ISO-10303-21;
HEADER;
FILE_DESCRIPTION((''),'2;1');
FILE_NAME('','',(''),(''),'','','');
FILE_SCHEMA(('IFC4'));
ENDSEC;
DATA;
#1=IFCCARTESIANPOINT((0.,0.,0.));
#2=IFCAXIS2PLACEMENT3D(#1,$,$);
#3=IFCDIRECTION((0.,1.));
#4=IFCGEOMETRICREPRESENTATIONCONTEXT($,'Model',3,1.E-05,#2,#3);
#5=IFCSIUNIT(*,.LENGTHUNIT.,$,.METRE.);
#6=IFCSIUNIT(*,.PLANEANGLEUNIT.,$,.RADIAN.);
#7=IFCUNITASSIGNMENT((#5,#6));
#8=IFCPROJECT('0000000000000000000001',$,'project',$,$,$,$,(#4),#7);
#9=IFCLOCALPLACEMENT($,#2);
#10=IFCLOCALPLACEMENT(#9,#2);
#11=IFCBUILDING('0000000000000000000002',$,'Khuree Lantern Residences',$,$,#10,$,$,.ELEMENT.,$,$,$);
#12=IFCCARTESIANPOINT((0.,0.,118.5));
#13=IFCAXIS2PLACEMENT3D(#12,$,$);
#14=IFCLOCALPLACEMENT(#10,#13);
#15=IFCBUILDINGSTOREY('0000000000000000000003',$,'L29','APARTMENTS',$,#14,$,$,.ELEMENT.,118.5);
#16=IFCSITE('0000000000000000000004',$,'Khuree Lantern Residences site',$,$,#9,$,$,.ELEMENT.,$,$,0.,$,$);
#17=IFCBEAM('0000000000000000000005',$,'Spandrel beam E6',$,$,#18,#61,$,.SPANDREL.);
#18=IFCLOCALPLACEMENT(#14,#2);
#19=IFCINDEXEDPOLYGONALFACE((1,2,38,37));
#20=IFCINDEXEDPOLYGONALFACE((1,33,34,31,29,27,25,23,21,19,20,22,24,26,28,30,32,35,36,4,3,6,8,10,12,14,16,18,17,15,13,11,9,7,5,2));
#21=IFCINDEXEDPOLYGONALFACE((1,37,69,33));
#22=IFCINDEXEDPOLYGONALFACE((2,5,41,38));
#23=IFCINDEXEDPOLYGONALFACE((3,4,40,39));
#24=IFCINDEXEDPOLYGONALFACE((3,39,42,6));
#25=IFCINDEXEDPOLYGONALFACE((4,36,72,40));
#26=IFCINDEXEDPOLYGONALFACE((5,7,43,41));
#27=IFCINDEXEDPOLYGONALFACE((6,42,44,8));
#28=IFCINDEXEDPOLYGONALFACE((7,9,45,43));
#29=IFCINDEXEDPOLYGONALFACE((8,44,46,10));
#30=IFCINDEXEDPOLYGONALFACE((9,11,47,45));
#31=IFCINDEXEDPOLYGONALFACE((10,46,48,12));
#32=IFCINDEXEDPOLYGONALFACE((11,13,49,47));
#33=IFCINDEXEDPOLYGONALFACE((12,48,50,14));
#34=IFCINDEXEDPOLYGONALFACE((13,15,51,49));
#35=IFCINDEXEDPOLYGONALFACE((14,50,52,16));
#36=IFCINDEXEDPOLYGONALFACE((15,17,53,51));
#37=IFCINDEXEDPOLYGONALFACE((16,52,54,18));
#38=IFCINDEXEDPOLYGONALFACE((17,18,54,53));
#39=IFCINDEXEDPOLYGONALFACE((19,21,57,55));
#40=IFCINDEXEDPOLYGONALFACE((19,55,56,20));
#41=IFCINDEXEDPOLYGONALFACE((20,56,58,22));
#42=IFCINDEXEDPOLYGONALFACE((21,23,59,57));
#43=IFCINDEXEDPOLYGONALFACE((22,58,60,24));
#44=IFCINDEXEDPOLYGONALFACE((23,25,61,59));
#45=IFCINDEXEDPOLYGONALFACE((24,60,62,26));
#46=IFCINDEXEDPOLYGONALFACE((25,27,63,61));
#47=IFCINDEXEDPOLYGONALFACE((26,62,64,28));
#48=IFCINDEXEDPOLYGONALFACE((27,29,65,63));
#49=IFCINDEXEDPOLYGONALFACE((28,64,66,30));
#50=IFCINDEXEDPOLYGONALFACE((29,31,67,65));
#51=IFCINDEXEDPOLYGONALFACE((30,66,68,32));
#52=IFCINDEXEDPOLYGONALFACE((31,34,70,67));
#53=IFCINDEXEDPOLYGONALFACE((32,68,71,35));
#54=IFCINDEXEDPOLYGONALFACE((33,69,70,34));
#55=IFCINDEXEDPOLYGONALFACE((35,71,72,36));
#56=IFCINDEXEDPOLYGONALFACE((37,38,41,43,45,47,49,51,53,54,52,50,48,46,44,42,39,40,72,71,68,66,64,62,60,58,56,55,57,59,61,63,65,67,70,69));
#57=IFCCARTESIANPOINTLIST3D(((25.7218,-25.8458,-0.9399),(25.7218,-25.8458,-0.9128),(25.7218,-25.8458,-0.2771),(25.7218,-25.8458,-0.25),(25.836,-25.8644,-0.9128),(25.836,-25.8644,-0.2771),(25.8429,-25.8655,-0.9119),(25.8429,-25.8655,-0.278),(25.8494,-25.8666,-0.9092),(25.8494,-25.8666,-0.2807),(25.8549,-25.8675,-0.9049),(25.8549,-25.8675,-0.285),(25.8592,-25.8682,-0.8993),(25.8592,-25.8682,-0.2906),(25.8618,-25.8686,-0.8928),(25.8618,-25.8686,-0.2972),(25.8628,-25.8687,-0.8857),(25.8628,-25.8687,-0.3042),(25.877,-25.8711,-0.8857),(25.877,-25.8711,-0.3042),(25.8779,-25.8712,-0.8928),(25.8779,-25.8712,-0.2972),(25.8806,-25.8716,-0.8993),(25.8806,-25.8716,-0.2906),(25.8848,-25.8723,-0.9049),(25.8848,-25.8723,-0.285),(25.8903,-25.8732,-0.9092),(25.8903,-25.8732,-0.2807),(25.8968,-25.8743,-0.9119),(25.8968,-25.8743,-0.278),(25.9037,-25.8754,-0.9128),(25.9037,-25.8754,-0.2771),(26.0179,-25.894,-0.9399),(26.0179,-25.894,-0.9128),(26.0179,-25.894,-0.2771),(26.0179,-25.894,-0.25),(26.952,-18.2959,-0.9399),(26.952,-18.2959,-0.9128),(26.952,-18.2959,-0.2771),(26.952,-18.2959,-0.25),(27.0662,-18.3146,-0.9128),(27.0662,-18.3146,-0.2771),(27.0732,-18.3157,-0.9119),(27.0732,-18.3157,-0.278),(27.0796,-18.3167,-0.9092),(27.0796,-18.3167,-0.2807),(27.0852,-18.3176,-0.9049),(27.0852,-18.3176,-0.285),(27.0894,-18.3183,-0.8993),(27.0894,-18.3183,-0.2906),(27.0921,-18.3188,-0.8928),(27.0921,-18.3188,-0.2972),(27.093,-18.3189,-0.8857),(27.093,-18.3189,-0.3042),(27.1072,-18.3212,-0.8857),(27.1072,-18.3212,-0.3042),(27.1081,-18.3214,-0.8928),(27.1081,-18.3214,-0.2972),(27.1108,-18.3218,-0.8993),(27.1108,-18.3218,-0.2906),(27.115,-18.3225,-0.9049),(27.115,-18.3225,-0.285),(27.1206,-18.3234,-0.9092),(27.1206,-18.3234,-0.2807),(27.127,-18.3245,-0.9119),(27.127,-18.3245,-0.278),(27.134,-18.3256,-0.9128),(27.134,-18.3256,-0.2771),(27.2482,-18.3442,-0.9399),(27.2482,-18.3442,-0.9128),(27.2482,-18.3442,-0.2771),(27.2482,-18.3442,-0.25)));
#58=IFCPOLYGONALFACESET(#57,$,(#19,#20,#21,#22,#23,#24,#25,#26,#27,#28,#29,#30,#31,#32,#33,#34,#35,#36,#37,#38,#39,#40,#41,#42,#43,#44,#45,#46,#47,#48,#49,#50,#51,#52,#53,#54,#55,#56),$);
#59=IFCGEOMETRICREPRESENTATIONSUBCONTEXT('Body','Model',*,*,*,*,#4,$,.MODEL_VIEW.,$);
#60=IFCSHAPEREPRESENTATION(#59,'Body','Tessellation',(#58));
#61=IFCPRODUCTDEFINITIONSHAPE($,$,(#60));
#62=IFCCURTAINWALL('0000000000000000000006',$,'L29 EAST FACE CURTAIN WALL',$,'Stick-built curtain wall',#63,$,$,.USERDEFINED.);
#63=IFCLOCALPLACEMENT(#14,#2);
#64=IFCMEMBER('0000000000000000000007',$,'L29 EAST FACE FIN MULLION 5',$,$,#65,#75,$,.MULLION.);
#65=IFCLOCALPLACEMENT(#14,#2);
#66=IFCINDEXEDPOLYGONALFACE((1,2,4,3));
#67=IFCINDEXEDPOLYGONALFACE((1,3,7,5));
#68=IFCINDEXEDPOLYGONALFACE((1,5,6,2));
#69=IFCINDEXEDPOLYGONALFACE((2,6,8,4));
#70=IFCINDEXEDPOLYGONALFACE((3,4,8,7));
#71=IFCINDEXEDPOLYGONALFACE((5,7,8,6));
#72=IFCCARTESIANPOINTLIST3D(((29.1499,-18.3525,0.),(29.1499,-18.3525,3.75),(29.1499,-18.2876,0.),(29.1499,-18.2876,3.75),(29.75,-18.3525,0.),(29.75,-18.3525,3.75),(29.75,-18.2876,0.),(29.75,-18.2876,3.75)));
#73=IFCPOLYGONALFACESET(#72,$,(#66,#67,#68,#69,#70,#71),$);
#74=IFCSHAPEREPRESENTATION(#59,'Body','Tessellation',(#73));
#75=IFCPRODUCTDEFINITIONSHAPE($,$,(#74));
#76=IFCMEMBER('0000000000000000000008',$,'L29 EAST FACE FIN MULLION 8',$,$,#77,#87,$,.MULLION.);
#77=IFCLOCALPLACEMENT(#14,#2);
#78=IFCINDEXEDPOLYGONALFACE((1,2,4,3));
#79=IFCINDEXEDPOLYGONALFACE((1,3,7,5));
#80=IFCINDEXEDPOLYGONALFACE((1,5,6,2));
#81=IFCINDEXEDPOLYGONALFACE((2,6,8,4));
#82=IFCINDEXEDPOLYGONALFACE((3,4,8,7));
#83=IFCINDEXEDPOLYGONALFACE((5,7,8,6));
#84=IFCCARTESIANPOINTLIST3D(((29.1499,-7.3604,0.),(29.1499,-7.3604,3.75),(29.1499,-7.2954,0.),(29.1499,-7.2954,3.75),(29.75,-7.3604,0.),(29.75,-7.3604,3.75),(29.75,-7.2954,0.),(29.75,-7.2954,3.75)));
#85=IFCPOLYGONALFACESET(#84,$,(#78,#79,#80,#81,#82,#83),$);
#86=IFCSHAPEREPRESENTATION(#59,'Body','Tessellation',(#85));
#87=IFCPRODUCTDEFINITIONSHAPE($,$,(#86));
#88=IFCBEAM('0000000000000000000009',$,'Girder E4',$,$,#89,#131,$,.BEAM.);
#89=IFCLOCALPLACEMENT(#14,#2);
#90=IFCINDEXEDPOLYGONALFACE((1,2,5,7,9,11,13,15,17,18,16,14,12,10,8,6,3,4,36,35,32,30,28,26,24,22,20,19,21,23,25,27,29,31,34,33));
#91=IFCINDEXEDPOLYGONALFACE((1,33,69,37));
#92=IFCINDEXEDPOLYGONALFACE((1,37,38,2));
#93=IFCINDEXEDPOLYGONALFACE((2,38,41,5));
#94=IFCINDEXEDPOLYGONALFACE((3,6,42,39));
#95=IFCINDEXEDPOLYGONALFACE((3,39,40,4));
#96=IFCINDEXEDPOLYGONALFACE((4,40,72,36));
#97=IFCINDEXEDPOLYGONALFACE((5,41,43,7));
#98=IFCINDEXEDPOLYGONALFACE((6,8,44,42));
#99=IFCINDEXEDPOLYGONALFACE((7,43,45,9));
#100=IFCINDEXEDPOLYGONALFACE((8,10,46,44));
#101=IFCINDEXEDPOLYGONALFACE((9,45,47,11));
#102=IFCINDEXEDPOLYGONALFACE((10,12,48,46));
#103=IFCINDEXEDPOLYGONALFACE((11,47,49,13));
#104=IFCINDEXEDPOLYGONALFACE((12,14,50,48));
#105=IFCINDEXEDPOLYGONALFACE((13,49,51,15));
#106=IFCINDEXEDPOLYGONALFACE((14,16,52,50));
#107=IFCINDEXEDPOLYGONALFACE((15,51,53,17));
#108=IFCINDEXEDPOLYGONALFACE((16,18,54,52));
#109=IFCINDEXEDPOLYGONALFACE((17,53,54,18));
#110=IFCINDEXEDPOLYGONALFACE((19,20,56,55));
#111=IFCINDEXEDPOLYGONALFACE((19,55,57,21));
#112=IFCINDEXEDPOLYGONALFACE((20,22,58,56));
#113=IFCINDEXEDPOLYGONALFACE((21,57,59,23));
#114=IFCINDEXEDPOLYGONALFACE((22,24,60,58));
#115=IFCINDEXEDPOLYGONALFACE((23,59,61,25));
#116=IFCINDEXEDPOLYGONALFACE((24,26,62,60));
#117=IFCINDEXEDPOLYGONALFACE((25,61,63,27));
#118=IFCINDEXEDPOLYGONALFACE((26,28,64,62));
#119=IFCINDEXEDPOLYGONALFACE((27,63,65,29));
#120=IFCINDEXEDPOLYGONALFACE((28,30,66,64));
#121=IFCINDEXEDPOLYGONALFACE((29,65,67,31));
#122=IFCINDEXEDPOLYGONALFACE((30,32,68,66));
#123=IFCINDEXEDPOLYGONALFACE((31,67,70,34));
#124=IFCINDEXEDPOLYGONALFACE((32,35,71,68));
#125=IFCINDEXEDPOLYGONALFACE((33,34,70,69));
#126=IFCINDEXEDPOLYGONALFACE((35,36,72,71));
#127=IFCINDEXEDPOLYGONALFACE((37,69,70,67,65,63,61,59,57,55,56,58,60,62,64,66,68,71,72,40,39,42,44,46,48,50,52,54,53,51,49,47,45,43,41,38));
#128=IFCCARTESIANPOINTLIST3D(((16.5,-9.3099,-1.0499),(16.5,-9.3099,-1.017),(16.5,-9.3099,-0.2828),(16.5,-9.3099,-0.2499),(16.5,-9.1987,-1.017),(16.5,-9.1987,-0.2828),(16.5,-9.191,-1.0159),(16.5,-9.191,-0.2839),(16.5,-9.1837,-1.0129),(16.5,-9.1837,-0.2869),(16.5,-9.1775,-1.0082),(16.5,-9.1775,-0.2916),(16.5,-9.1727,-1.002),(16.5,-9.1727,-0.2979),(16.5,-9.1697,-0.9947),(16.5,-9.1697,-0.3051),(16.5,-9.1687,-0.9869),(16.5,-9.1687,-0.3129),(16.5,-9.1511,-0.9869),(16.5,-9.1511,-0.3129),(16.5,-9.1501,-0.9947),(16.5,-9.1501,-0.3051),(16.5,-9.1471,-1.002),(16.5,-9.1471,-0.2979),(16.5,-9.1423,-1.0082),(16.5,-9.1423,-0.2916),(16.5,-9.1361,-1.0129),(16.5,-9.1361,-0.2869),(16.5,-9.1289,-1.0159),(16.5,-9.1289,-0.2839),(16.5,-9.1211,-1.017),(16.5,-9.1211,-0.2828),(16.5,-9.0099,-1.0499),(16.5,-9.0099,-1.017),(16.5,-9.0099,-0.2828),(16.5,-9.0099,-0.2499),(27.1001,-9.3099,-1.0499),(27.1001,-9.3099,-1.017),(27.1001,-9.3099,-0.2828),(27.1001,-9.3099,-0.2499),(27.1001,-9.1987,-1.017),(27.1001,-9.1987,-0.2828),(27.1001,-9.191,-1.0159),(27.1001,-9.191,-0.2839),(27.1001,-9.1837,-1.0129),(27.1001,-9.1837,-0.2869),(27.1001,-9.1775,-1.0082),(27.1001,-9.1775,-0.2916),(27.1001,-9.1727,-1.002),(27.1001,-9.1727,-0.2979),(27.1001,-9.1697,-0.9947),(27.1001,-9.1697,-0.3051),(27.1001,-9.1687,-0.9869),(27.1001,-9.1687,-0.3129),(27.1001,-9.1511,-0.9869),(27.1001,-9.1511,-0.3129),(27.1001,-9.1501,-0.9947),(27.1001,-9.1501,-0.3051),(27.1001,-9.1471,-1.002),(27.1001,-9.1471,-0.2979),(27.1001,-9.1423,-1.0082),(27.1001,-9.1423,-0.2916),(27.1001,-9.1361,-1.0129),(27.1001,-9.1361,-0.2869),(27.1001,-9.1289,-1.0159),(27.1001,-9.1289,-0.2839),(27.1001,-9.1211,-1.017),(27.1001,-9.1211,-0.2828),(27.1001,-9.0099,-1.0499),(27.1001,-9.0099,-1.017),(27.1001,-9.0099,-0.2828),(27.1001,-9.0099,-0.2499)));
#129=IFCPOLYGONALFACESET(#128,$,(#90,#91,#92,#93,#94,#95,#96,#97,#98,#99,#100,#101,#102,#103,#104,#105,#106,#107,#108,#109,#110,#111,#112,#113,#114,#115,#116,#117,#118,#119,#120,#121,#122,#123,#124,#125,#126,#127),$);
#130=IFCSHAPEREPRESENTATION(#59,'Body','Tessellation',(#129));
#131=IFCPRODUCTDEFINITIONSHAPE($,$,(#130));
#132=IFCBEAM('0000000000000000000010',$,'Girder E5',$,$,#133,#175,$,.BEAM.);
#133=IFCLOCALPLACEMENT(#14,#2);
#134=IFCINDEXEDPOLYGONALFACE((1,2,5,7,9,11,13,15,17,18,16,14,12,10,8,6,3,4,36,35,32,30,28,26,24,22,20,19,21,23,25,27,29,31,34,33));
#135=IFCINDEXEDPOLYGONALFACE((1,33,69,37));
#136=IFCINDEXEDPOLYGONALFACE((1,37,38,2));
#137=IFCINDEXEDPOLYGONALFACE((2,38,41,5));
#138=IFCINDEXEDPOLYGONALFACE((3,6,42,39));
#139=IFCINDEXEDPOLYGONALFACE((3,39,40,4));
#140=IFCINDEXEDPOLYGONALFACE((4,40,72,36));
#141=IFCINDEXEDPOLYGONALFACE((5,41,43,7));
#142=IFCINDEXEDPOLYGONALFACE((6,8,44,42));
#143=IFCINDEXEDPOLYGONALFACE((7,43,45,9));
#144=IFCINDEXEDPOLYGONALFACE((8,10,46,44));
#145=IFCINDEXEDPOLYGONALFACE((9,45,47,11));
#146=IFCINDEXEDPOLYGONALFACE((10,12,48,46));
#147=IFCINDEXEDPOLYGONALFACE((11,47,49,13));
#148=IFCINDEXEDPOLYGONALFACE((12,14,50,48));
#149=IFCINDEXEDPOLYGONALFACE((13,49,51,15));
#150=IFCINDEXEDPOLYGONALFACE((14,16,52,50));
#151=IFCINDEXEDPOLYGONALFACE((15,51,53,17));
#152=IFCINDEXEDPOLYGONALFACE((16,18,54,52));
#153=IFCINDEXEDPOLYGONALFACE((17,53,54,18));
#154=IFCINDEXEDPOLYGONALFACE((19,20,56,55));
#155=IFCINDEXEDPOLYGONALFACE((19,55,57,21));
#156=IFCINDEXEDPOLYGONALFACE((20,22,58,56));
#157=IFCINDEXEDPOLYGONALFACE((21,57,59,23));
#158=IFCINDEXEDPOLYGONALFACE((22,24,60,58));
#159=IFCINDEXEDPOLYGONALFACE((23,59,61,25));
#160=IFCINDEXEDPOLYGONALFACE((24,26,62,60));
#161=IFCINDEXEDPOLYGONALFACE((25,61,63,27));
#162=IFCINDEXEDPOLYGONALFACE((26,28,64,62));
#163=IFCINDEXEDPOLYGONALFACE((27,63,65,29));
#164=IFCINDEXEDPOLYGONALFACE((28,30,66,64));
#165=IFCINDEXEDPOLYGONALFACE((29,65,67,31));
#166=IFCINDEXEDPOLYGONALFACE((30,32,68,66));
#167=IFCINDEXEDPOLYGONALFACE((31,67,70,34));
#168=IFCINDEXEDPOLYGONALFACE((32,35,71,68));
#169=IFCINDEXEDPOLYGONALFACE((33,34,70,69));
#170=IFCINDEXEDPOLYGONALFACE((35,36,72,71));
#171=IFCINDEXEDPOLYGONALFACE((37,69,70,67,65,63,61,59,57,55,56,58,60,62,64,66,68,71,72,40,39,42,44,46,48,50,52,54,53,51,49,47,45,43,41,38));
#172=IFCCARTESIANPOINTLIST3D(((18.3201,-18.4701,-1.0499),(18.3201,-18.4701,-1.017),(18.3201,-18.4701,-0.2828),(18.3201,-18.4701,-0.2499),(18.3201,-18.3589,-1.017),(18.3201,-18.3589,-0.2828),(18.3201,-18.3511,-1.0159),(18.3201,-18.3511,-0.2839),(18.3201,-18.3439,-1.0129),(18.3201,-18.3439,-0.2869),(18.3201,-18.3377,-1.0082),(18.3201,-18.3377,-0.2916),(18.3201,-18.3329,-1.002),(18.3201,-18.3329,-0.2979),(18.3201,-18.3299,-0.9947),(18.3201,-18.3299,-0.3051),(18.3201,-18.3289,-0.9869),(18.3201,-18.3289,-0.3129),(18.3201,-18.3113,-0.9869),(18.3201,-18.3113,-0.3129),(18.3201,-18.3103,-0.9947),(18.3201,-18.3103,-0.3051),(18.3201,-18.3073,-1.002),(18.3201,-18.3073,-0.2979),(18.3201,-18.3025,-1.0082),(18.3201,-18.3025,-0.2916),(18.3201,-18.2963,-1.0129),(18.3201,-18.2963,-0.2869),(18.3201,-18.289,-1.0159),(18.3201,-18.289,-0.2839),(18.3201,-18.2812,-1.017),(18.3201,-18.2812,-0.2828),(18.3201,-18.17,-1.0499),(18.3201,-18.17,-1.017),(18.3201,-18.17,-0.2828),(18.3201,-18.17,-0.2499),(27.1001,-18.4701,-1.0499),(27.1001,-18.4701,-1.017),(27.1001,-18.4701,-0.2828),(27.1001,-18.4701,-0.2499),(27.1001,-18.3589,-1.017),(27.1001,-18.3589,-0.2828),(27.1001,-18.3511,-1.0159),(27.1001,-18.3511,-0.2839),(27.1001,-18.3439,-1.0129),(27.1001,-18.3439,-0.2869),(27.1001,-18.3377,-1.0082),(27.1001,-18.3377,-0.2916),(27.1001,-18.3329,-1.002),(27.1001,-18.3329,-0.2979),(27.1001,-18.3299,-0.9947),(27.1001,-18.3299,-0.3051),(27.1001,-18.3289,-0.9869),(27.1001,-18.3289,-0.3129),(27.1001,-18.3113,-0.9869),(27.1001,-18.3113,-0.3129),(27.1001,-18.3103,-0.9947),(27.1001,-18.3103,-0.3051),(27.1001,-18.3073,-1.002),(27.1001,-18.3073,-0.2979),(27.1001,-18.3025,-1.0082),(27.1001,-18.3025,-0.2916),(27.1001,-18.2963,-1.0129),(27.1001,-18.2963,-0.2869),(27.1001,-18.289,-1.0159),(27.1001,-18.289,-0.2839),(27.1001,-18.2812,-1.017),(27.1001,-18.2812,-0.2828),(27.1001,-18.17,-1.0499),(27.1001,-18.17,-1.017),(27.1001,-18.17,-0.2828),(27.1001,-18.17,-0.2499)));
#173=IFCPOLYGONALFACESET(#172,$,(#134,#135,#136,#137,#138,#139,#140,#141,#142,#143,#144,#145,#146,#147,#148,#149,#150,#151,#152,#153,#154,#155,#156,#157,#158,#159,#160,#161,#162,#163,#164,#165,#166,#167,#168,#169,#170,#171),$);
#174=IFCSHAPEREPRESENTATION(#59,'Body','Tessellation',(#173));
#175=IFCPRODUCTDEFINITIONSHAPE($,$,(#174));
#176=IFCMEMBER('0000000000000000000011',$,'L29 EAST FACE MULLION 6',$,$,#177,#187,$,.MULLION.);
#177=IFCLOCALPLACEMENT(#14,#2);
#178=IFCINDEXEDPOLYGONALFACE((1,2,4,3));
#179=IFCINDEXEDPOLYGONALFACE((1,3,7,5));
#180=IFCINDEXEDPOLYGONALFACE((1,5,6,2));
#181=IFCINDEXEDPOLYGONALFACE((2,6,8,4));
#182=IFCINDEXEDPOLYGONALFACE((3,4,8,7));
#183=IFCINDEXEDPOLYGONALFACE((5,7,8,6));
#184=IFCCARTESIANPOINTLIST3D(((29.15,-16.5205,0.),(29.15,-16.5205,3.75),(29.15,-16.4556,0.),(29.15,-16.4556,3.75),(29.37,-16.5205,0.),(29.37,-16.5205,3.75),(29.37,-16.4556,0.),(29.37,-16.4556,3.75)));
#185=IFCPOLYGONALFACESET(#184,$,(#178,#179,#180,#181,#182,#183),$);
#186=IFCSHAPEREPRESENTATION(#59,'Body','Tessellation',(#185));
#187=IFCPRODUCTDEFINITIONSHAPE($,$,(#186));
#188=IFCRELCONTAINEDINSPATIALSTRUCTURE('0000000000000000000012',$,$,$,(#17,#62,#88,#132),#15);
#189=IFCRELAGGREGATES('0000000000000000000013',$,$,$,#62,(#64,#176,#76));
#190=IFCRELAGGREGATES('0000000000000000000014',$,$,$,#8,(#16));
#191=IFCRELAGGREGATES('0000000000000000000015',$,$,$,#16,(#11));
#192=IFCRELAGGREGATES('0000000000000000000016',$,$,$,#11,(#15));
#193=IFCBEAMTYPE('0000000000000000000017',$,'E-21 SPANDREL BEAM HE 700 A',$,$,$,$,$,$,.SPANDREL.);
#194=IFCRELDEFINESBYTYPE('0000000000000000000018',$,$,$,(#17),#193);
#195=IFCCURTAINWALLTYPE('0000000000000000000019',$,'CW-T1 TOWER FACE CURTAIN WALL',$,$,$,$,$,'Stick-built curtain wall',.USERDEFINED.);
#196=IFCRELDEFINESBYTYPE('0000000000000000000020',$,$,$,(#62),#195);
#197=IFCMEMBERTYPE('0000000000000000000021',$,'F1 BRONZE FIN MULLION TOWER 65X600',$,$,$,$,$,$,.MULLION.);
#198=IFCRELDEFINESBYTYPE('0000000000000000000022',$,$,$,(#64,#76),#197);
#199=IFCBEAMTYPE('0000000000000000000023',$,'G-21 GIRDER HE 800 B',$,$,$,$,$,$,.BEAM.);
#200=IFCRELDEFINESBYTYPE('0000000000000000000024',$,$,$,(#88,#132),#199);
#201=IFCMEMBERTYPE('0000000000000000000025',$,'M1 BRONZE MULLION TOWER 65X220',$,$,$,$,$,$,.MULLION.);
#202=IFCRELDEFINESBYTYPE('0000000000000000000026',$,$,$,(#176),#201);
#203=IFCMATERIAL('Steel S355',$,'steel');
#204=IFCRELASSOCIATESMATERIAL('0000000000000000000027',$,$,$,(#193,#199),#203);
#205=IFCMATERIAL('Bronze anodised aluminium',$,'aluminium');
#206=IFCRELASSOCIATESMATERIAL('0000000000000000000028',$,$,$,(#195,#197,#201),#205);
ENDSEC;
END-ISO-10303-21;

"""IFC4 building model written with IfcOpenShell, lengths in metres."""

from ifc_helpers import new_model, si_unit, direction, frame, origin, origin_2d, place, context, subcontext, project, spatial, rectangle, i_section, extrude, material, material_profile, profile_set, type_object, element, aggregate, save


model = new_model("IFC4")

# Units and contexts
model_context = context("Model", 3, precision=1e-05, world=origin(), true_north=direction((0.0, 1.0)))
body_context = subcontext(model_context, "Body", "Model", "MODEL_VIEW")
ifc_project = project(units=[si_unit("LENGTHUNIT", "METRE"), si_unit("PLANEANGLEUNIT", "RADIAN")], contexts=[model_context])

# Site, building, storey
site_placement = place(None, origin())
site = spatial("IfcSite", under=ifc_project, at=site_placement, Name="Khuree Lantern Residences site", CompositionType="ELEMENT", RefElevation=0.0)
building_placement = place(site_placement, origin())
building = spatial("IfcBuilding", under=site, at=building_placement, Name="Khuree Lantern Residences", CompositionType="ELEMENT")
storey_placement = place(building_placement, frame((0.0, 0.0, 118.5)))
storey = spatial("IfcBuildingStorey", under=building, at=storey_placement, Name="L29", Description="APARTMENTS", CompositionType="ELEMENT", Elevation=118.5)

# Beam
ifc_material_1 = material(Name="Steel S355", Category="steel")
ifc_material_profile_1 = material_profile(ifc_material_1, i_section(OverallWidth=0.3, OverallDepth=0.6899, WebThickness=0.0144, FlangeThickness=0.0271, FilletRadius=0.0271, at=origin_2d()), Name="HE 700 A")
ifc_profile_set_1 = profile_set([ifc_material_profile_1], Name="Steel S355")
beam_type_1 = type_object("IfcBeamType", Name="E-21 SPANDREL BEAM HE 700 A", PredefinedType="SPANDREL", material=ifc_profile_set_1)
beam_1_placement = place(storey_placement, frame((27.1001, -18.3201, -0.595), z_axis=(-0.160827, -0.986983, 0.0), x_axis=(0.986983, -0.160827, 0.0)))
element("IfcBeam", 1, at=beam_1_placement, inside=storey, type_object=beam_type_1, Name="Spandrel beam E6", PredefinedType="SPANDREL", context=body_context, shape_type="SweptSolid", body=[
    extrude(i_section(OverallWidth=0.3, OverallDepth=0.6899, WebThickness=0.0144, FlangeThickness=0.0271, FilletRadius=0.0271, at=origin_2d()), origin(), (0.0, 0.0, 1.0), 7.6494),
])

# Curtain wall, members
ifc_material_2 = material(Name="Bronze anodised aluminium", Category="aluminium")
curtain_wall_type = type_object("IfcCurtainWallType", Name="CW-T1 TOWER FACE CURTAIN WALL", ElementType="Stick-built curtain wall", PredefinedType="USERDEFINED", material=ifc_material_2)
curtain_wall_placement = place(storey_placement, origin())
curtain_wall = element("IfcCurtainWall", 2, at=curtain_wall_placement, inside=storey, type_object=curtain_wall_type, Name="L29 EAST FACE CURTAIN WALL", ObjectType="Stick-built curtain wall", PredefinedType="USERDEFINED")
ifc_material_profile_2 = material_profile(ifc_material_2, rectangle(XDim=0.0649, YDim=0.6001, at=origin_2d()), Name="F1 65X600")
ifc_profile_set_2 = profile_set([ifc_material_profile_2], Name="Bronze anodised aluminium")
member_type_1 = type_object("IfcMemberType", Name="F1 BRONZE FIN MULLION TOWER 65X600", PredefinedType="MULLION", material=ifc_profile_set_2)
member_1_placement = place(storey_placement, frame((29.45, -18.3201, 0.0), z_axis=(0.0, 0.0, 1.0), x_axis=(0.0, 1.0, 0.0)))
member_1 = element("IfcMember", 3, at=member_1_placement, type_object=member_type_1, Name="L29 EAST FACE FIN MULLION 5", PredefinedType="MULLION", context=body_context, shape_type="SweptSolid", body=[
    extrude(rectangle(XDim=0.0649, YDim=0.6001, at=origin_2d()), origin(), (0.0, 0.0, 1.0), 3.75),
])
member_2_placement = place(storey_placement, frame((29.45, -7.3279, 0.0), z_axis=(0.0, 0.0, 1.0), x_axis=(0.0, 1.0, 0.0)))
member_2 = element("IfcMember", 4, at=member_2_placement, type_object=member_type_1, Name="L29 EAST FACE FIN MULLION 8", PredefinedType="MULLION", context=body_context, shape_type="SweptSolid", body=[
    extrude(rectangle(XDim=0.0649, YDim=0.6001, at=origin_2d()), origin(), (0.0, 0.0, 1.0), 3.75),
])

# Beams
ifc_material_profile_3 = material_profile(ifc_material_1, i_section(OverallWidth=0.3, OverallDepth=0.8, WebThickness=0.0176, FlangeThickness=0.033, FilletRadius=0.03, at=origin_2d()), Name="HE 800 B")
ifc_profile_set_3 = profile_set([ifc_material_profile_3], Name="Steel S355")
beam_type_2 = type_object("IfcBeamType", Name="G-21 GIRDER HE 800 B", PredefinedType="BEAM", material=ifc_profile_set_3)
beam_2_placement = place(storey_placement, frame((27.1001, -9.1599, -0.6499), z_axis=(-1.0, 0.0, 0.0), x_axis=(0.0, -1.0, 0.0)))
element("IfcBeam", 5, at=beam_2_placement, inside=storey, type_object=beam_type_2, Name="Girder E4", PredefinedType="BEAM", context=body_context, shape_type="SweptSolid", body=[
    extrude(i_section(OverallWidth=0.3, OverallDepth=0.8, WebThickness=0.0176, FlangeThickness=0.033, FilletRadius=0.03, at=origin_2d()), origin(), (0.0, 0.0, 1.0), 10.6001),
])
beam_3_placement = place(storey_placement, frame((27.1001, -18.3201, -0.6499), z_axis=(-1.0, 0.0, 0.0), x_axis=(0.0, -1.0, 0.0)))
element("IfcBeam", 6, at=beam_3_placement, inside=storey, type_object=beam_type_2, Name="Girder E5", PredefinedType="BEAM", context=body_context, shape_type="SweptSolid", body=[
    extrude(i_section(OverallWidth=0.3, OverallDepth=0.8, WebThickness=0.0176, FlangeThickness=0.033, FilletRadius=0.03, at=origin_2d()), origin(), (0.0, 0.0, 1.0), 8.78),
])

# Member
ifc_material_profile_4 = material_profile(ifc_material_2, rectangle(XDim=0.0649, YDim=0.22, at=origin_2d()), Name="M1 65X220")
ifc_profile_set_4 = profile_set([ifc_material_profile_4], Name="Bronze anodised aluminium")
member_type_2 = type_object("IfcMemberType", Name="M1 BRONZE MULLION TOWER 65X220", PredefinedType="MULLION", material=ifc_profile_set_4)
member_3_placement = place(storey_placement, frame((29.26, -16.488, 0.0), z_axis=(0.0, 0.0, 1.0), x_axis=(0.0, 1.0, 0.0)))
member_3 = element("IfcMember", 7, at=member_3_placement, type_object=member_type_2, Name="L29 EAST FACE MULLION 6", PredefinedType="MULLION", context=body_context, shape_type="SweptSolid", body=[
    extrude(rectangle(XDim=0.0649, YDim=0.22, at=origin_2d()), origin(), (0.0, 0.0, 1.0), 3.75),
])

aggregate(curtain_wall, [member_1, member_3, member_2])

save(model, "model.ifc")
